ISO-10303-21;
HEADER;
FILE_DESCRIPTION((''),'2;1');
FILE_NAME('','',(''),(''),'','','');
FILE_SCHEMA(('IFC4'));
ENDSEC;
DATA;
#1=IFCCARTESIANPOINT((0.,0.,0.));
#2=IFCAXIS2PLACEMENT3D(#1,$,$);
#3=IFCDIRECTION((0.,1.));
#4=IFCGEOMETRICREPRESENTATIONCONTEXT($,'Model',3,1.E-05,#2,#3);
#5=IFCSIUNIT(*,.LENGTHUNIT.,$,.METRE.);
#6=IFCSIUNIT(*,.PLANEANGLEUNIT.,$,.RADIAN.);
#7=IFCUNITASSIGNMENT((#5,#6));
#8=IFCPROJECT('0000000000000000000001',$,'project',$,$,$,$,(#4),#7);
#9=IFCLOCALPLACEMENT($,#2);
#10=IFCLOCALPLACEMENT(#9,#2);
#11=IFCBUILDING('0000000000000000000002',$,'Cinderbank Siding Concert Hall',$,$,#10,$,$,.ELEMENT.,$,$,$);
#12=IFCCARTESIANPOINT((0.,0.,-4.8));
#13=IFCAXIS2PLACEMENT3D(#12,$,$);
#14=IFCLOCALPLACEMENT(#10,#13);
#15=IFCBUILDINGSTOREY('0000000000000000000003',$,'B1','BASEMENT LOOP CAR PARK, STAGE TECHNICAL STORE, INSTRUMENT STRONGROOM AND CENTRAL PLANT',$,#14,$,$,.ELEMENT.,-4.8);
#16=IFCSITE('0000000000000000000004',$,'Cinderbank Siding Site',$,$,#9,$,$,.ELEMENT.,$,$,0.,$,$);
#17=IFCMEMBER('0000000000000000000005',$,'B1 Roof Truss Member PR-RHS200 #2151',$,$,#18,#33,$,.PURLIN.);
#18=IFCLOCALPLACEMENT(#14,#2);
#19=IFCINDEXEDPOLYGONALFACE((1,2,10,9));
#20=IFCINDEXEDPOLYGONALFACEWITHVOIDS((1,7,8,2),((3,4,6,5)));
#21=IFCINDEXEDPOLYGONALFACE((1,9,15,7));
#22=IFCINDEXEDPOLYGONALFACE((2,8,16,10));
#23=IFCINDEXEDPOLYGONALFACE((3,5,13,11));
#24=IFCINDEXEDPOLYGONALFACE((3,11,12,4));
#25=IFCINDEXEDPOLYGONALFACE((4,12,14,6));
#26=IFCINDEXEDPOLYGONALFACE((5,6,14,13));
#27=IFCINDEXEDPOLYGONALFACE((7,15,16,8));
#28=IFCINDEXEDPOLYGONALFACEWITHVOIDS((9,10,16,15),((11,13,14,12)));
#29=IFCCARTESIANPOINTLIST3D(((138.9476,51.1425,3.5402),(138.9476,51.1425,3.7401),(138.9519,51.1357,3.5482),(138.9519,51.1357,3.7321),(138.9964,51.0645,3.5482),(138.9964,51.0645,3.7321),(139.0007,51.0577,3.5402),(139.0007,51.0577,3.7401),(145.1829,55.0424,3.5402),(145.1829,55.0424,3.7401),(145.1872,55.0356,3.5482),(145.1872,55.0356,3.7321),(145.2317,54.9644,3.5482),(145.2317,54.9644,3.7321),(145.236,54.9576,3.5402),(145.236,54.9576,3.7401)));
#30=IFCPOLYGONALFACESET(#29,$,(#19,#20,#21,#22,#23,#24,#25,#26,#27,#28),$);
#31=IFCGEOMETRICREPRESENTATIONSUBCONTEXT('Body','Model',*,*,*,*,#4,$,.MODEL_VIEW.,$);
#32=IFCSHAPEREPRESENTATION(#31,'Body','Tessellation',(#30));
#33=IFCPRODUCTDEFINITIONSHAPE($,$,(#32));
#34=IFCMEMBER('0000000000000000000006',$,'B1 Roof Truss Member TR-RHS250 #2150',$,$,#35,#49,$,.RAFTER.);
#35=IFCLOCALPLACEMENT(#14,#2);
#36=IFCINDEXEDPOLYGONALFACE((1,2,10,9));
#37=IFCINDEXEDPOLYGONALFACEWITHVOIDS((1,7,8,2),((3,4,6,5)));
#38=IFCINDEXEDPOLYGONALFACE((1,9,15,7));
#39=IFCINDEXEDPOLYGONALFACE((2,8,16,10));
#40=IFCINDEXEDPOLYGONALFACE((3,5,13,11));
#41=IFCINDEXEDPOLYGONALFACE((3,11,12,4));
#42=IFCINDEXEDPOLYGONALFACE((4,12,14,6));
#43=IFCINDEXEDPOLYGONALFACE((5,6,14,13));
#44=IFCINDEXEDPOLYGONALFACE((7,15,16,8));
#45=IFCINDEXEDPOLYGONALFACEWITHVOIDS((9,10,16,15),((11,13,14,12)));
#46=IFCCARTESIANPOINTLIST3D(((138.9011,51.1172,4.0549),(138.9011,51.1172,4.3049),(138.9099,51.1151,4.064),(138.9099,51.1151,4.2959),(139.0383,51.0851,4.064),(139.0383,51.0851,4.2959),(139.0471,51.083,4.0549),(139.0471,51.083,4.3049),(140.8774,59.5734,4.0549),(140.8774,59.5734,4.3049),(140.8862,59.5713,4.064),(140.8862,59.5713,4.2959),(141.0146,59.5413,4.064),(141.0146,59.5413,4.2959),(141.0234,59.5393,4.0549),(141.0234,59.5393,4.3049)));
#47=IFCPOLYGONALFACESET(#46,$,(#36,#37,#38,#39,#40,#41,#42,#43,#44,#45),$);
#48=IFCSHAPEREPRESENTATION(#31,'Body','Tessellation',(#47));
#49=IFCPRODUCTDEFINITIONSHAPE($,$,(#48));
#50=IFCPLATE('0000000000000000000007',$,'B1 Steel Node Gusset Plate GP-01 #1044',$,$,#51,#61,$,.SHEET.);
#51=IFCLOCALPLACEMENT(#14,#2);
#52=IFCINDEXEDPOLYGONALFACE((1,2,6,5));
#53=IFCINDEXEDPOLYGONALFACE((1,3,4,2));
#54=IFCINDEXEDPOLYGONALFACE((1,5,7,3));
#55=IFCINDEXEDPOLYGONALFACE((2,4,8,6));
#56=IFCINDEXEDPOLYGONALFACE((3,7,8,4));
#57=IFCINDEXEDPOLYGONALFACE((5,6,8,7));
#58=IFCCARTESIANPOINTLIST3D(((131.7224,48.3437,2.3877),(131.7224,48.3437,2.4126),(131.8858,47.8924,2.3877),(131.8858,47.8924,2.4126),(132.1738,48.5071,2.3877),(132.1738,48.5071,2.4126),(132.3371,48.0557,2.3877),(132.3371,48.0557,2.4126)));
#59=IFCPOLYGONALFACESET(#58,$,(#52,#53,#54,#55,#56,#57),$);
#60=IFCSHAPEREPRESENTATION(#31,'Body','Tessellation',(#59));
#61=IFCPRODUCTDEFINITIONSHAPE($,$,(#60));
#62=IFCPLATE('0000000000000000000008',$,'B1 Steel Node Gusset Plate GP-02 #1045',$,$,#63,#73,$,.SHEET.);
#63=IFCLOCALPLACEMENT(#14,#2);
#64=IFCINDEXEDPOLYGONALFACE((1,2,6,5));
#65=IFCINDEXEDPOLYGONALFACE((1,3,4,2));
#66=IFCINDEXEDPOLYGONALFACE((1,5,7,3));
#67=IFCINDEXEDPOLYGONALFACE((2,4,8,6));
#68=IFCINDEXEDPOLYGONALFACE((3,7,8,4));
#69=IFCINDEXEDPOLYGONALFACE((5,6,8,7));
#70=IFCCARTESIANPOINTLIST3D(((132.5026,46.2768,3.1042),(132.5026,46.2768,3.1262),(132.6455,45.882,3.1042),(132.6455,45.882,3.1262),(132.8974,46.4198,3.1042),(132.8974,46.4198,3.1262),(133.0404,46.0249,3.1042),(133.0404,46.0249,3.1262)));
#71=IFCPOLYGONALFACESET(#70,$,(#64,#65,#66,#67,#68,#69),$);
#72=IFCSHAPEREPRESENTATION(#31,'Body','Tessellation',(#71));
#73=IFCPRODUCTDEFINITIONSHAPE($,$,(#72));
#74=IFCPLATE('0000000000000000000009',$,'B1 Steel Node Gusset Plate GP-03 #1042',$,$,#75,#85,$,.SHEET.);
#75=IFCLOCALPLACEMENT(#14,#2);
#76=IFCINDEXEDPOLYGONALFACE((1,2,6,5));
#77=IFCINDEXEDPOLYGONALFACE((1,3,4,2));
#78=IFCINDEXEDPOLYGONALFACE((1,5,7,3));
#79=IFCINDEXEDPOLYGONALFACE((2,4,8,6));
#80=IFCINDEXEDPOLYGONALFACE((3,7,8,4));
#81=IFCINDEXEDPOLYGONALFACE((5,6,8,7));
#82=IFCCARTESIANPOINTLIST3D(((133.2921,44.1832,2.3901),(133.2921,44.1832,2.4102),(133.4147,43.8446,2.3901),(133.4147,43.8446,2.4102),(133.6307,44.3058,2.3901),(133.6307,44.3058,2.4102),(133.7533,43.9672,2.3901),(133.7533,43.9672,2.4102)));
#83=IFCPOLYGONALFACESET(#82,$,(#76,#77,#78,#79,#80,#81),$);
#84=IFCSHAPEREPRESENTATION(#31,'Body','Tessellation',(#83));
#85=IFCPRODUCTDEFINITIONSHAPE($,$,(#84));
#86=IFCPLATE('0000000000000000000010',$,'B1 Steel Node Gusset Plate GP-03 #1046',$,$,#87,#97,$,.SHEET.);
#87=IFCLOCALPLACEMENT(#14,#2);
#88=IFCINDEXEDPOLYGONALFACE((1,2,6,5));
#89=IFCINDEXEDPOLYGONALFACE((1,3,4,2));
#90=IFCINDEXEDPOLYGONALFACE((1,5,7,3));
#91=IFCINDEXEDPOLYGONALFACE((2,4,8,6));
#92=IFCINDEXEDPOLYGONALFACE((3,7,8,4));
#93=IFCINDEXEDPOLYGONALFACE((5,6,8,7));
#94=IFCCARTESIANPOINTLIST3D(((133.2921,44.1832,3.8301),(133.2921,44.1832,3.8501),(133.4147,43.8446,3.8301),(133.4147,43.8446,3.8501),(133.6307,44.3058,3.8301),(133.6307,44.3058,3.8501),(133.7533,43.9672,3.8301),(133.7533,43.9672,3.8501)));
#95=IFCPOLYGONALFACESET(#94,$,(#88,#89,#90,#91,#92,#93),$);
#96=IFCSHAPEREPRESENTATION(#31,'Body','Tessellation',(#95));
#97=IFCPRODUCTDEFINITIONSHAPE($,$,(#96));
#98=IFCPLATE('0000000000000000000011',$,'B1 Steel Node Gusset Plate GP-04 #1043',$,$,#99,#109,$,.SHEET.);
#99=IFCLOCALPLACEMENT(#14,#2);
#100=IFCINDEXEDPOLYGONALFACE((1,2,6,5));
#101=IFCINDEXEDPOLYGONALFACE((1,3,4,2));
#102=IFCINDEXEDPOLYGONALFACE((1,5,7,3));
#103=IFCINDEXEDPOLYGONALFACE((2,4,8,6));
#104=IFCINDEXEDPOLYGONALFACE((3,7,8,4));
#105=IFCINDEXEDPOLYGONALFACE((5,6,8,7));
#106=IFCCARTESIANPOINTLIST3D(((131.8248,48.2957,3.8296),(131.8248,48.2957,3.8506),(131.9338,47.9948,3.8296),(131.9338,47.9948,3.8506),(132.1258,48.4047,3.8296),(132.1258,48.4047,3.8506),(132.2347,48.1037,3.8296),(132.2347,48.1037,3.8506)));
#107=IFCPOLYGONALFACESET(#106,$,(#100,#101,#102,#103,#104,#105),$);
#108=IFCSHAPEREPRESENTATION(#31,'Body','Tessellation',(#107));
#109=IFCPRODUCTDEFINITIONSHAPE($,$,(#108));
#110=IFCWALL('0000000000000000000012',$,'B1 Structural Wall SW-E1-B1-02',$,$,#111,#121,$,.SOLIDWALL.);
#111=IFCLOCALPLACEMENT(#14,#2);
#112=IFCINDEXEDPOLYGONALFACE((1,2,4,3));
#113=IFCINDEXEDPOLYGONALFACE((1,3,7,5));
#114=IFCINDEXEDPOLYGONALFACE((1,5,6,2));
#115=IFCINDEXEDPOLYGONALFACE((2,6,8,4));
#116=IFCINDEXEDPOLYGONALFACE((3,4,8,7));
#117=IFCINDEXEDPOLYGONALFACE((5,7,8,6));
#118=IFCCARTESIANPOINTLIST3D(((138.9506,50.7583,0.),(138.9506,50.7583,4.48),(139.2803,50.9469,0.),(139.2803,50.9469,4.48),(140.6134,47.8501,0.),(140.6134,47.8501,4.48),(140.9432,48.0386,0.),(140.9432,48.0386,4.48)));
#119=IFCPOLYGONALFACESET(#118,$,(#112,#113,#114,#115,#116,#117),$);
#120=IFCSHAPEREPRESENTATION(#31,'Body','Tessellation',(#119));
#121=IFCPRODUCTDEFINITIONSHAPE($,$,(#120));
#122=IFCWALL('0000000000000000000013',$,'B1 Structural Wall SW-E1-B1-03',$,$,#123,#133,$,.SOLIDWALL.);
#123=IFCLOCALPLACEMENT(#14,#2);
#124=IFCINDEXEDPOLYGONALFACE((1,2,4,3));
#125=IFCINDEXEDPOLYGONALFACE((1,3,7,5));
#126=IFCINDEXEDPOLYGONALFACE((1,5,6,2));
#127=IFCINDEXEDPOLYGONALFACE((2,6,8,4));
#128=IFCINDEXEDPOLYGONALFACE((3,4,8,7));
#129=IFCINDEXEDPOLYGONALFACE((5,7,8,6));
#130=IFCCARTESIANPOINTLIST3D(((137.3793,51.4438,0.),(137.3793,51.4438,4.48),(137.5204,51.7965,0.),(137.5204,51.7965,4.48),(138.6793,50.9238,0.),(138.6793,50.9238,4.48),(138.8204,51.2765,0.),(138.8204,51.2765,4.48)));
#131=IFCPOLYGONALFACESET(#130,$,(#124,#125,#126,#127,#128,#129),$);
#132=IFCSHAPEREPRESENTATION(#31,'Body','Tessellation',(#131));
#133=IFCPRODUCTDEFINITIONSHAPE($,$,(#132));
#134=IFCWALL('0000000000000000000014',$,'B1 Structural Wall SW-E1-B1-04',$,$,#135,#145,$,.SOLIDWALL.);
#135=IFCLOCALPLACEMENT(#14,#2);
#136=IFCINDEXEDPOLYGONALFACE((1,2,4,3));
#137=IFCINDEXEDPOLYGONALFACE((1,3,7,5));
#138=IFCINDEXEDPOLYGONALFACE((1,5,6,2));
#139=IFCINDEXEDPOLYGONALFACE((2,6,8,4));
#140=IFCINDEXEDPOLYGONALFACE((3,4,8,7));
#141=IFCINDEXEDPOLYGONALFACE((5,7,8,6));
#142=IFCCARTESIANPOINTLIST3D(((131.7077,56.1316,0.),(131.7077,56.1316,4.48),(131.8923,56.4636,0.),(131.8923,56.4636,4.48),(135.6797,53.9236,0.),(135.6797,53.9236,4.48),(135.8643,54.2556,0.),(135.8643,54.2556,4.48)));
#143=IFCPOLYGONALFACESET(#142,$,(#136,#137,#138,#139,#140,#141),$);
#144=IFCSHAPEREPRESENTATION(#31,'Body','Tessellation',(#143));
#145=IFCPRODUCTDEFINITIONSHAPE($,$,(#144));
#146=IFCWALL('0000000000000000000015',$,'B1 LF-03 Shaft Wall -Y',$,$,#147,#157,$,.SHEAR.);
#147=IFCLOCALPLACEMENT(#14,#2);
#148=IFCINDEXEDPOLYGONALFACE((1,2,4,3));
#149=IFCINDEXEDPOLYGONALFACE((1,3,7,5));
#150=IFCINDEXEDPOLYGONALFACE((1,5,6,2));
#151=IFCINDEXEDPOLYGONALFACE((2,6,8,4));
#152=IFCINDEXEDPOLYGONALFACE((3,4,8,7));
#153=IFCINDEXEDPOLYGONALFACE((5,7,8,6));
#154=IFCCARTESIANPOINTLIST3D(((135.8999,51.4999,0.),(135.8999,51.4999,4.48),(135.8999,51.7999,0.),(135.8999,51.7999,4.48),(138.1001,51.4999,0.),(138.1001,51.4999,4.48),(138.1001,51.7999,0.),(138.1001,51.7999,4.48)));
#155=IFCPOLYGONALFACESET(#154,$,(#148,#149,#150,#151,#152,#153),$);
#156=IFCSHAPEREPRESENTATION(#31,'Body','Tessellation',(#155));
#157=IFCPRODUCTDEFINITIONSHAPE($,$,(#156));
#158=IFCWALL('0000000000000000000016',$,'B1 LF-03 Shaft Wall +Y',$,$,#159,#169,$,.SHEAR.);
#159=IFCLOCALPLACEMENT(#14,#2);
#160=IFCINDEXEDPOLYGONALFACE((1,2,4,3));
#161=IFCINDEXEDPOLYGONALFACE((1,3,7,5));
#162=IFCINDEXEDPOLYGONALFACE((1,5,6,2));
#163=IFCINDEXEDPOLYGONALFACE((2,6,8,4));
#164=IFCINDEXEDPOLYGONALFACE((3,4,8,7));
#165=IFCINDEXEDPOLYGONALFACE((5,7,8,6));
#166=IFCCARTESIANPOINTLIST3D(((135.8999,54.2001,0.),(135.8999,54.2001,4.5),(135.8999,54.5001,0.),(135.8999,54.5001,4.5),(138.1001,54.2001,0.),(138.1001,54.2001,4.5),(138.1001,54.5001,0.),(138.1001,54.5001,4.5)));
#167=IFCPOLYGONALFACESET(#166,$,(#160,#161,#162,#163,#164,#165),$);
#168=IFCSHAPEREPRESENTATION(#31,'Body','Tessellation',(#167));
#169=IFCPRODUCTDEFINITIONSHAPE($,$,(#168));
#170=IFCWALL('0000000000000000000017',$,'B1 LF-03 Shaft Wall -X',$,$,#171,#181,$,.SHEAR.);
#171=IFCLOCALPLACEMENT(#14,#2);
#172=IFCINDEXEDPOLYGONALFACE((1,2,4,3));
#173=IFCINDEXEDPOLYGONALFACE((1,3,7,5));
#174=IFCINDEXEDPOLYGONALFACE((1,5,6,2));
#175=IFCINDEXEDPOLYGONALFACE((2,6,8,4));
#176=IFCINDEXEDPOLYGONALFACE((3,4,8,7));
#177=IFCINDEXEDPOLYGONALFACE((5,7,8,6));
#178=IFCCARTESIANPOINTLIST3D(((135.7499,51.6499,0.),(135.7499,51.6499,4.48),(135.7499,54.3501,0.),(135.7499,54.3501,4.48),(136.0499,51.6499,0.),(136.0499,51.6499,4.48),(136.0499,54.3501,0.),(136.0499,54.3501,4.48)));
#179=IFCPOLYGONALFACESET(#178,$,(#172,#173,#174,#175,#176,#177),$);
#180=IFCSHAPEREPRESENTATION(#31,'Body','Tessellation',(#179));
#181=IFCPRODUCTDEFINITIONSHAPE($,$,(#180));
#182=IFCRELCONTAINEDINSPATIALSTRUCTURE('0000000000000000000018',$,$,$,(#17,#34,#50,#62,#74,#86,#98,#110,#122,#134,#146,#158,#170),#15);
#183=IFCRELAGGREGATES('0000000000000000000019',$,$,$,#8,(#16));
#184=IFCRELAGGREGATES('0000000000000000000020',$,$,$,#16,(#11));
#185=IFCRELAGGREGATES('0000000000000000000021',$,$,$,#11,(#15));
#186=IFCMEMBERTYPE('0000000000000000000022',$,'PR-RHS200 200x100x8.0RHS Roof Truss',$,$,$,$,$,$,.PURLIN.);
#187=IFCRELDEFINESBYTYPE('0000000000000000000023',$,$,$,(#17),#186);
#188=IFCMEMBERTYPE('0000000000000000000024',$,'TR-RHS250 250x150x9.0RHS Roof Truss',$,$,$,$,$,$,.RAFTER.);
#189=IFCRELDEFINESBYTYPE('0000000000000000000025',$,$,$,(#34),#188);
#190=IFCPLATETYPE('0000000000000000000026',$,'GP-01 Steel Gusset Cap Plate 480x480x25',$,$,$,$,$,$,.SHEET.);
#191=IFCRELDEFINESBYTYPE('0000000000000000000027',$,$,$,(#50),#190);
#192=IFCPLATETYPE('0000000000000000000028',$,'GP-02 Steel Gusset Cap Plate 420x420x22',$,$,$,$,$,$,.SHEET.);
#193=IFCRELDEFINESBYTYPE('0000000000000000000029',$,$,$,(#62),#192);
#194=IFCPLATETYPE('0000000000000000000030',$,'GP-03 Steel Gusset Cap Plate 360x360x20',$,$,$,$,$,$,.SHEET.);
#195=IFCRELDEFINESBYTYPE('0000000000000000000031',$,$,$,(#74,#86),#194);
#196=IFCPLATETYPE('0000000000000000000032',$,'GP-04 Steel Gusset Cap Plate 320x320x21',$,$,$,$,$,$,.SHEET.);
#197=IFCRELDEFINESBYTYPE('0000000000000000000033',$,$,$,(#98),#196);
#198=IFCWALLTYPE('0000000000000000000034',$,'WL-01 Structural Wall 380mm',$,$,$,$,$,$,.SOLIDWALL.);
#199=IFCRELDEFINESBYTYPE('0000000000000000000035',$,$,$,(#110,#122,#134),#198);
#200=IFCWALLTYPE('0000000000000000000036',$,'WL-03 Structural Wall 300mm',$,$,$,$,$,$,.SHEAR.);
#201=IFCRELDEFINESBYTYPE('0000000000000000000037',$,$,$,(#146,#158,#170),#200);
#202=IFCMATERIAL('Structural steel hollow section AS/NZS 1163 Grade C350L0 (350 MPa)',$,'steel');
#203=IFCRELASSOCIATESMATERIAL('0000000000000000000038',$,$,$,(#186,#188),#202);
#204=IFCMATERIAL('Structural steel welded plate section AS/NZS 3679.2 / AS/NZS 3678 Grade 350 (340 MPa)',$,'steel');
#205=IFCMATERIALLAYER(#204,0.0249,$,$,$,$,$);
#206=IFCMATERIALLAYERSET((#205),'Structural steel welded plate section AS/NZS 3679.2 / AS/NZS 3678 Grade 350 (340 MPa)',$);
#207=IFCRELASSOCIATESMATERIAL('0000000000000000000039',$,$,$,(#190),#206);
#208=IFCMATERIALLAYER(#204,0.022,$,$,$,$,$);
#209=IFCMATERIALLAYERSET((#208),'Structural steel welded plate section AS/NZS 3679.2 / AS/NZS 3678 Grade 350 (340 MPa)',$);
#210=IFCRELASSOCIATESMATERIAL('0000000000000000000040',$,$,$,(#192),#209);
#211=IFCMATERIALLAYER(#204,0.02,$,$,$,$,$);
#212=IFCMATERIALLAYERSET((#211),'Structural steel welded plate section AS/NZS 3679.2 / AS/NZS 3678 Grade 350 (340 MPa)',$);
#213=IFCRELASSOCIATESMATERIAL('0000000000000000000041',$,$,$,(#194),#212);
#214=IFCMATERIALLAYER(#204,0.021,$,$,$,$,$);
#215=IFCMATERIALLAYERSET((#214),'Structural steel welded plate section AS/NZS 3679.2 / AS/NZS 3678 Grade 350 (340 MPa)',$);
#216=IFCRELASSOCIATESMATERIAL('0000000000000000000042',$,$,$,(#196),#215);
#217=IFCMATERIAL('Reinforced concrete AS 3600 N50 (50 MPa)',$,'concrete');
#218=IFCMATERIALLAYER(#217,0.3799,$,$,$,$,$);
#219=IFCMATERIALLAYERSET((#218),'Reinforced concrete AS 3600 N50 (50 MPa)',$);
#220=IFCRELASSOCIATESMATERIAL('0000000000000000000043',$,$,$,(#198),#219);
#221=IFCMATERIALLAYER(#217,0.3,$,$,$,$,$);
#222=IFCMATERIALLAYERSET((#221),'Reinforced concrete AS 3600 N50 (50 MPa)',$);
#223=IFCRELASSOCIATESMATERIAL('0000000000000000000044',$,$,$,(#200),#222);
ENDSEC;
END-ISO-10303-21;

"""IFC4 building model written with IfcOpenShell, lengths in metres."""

from ifc_helpers import new_model, si_unit, direction, frame, frame_2d, origin, origin_2d, place, context, subcontext, project, spatial, rectangle, hollow_rectangle, extrude, material, layer, layer_set, material_profile, profile_set, type_object, element, save


model = new_model("IFC4")

# Units and contexts
model_context = context("Model", 3, precision=1e-05, world=origin(), true_north=direction((0.0, 1.0)))
body_context = subcontext(model_context, "Body", "Model", "MODEL_VIEW")
ifc_project = project(units=[si_unit("LENGTHUNIT", "METRE"), si_unit("PLANEANGLEUNIT", "RADIAN")], contexts=[model_context])

# Site, building, storey
site_placement = place(None, origin())
site = spatial("IfcSite", under=ifc_project, at=site_placement, Name="Cinderbank Siding Site", CompositionType="ELEMENT", RefElevation=0.0)
building_placement = place(site_placement, origin())
building = spatial("IfcBuilding", under=site, at=building_placement, Name="Cinderbank Siding Concert Hall", CompositionType="ELEMENT")
storey_placement = place(building_placement, frame((0.0, 0.0, -4.8)))
storey = spatial("IfcBuildingStorey", under=building, at=storey_placement, Name="B1", Description="BASEMENT LOOP CAR PARK, STAGE TECHNICAL STORE, INSTRUMENT STRONGROOM AND CENTRAL PLANT", CompositionType="ELEMENT", Elevation=-4.8)

# Shared definitions
ifc_material_1 = material(Name="Reinforced concrete AS 3600 N50 (50 MPa)", Category="concrete")

# Shared definitions
ifc_material_2 = material(Name="Structural steel welded plate section AS/NZS 3679.2 / AS/NZS 3678 Grade 350 (340 MPa)", Category="steel")

# Members
ifc_material_3 = material(Name="Structural steel hollow section AS/NZS 1163 Grade C350L0 (350 MPa)", Category="steel")
ifc_material_profile_1 = material_profile(ifc_material_3, hollow_rectangle(XDim=0.1001, YDim=0.2, WallThickness=0.0081, at=origin_2d()), Name="200x100x8.0RHS", Category="LoadBearing")
ifc_profile_set_1 = profile_set([ifc_material_profile_1], Name="Structural steel hollow section AS/NZS 1163 Grade C350L0 (350 MPa)")
member_type_1 = type_object("IfcMemberType", Name="PR-RHS200 200x100x8.0RHS Roof Truss", PredefinedType="PURLIN", material=ifc_profile_set_1)
member_1_placement = place(storey_placement, frame((138.9741, 51.1001, 3.6401), z_axis=(0.847827, 0.530273, 0.0), x_axis=(-0.530273, 0.847827, 0.0)))
element("IfcMember", 1, at=member_1_placement, inside=storey, type_object=member_type_1, Name="B1 Roof Truss Member PR-RHS200 #2151", PredefinedType="PURLIN", context=body_context, shape_type="SweptSolid", body=[
    extrude(hollow_rectangle(XDim=0.1001, YDim=0.2, WallThickness=0.0081, at=origin_2d()), origin(), (0.0, 0.0, 1.0), 7.3545),
])
ifc_material_profile_2 = material_profile(ifc_material_3, hollow_rectangle(XDim=0.1499, YDim=0.25, WallThickness=0.009, at=origin_2d()), Name="250x150x9.0RHS", Category="LoadBearing")
ifc_profile_set_2 = profile_set([ifc_material_profile_2], Name="Structural steel hollow section AS/NZS 1163 Grade C350L0 (350 MPa)")
member_type_2 = type_object("IfcMemberType", Name="TR-RHS250 250x150x9.0RHS Roof Truss", PredefinedType="RAFTER", material=ifc_profile_set_2)
member_2_placement = place(storey_placement, frame((138.9741, 51.1001, 4.1799), z_axis=(0.227577, 0.97376, 0.0), x_axis=(-0.97376, 0.227577, 0.0)))
element("IfcMember", 2, at=member_2_placement, inside=storey, type_object=member_type_2, Name="B1 Roof Truss Member TR-RHS250 #2150", PredefinedType="RAFTER", context=body_context, shape_type="SweptSolid", body=[
    extrude(hollow_rectangle(XDim=0.1499, YDim=0.25, WallThickness=0.009, at=origin_2d()), origin(), (0.0, 0.0, 1.0), 8.6841),
])

# Plates
ifc_layer_1 = layer(ifc_material_2, 0.0249)
ifc_layer_set_1 = layer_set([ifc_layer_1], Name="Structural steel welded plate section AS/NZS 3679.2 / AS/NZS 3678 Grade 350 (340 MPa)")
plate_type_1 = type_object("IfcPlateType", Name="GP-01 Steel Gusset Cap Plate 480x480x25", PredefinedType="SHEET", material=ifc_layer_set_1)
plate_1_placement = place(storey_placement, frame((132.0298, 48.1997, 2.3877), z_axis=(0.0, 0.0, 1.0), x_axis=(0.34038, -0.940288, 0.0)))
element("IfcPlate", 3, at=plate_1_placement, inside=storey, type_object=plate_type_1, Name="B1 Steel Node Gusset Plate GP-01 #1044", PredefinedType="SHEET", context=body_context, shape_type="SweptSolid", body=[
    extrude(rectangle(XDim=0.48, YDim=0.48, at=origin_2d()), origin(), (0.0, 0.0, 1.0), 0.0249),
])
ifc_layer_2 = layer(ifc_material_2, 0.022)
ifc_layer_set_2 = layer_set([ifc_layer_2], Name="Structural steel welded plate section AS/NZS 3679.2 / AS/NZS 3678 Grade 350 (340 MPa)")
plate_type_2 = type_object("IfcPlateType", Name="GP-02 Steel Gusset Cap Plate 420x420x22", PredefinedType="SHEET", material=ifc_layer_set_2)
plate_2_placement = place(storey_placement, frame((132.7715, 46.1509, 3.1042), z_axis=(0.0, 0.0, 1.0), x_axis=(0.34038, -0.940288, 0.0)))
element("IfcPlate", 4, at=plate_2_placement, inside=storey, type_object=plate_type_2, Name="B1 Steel Node Gusset Plate GP-02 #1045", PredefinedType="SHEET", context=body_context, shape_type="SweptSolid", body=[
    extrude(rectangle(XDim=0.4199, YDim=0.4199, at=origin_2d()), origin(), (0.0, 0.0, 1.0), 0.022),
])
ifc_layer_3 = layer(ifc_material_2, 0.02)
ifc_layer_set_3 = layer_set([ifc_layer_3], Name="Structural steel welded plate section AS/NZS 3679.2 / AS/NZS 3678 Grade 350 (340 MPa)")
plate_type_3 = type_object("IfcPlateType", Name="GP-03 Steel Gusset Cap Plate 360x360x20", PredefinedType="SHEET", material=ifc_layer_set_3)
for number, where, z_axis, x_axis, name in (
    (5, (133.5227, 44.0752, 2.3901), (0.0, 0.0, 1.0), (-0.34038, 0.940288, 0.0), "B1 Steel Node Gusset Plate GP-03 #1042"),
    (6, (133.5227, 44.0752, 3.8301), (0.0, 0.0, 1.0), (0.34038, -0.940288, 0.0), "B1 Steel Node Gusset Plate GP-03 #1046"),
):
    element("IfcPlate", number, at=place(storey_placement, frame(where, z_axis=z_axis, x_axis=x_axis)), inside=storey, type_object=plate_type_3, Name=name, PredefinedType="SHEET", context=body_context, shape_type="SweptSolid", body=[
        extrude(rectangle(XDim=0.3601, YDim=0.3601, at=origin_2d()), origin(), (0.0, 0.0, 1.0), 0.02),
    ])
ifc_layer_4 = layer(ifc_material_2, 0.021)
ifc_layer_set_4 = layer_set([ifc_layer_4], Name="Structural steel welded plate section AS/NZS 3679.2 / AS/NZS 3678 Grade 350 (340 MPa)")
plate_type_4 = type_object("IfcPlateType", Name="GP-04 Steel Gusset Cap Plate 320x320x21", PredefinedType="SHEET", material=ifc_layer_set_4)
plate_3_placement = place(storey_placement, frame((132.0298, 48.1997, 3.8296), z_axis=(0.0, 0.0, 1.0), x_axis=(-0.34038, 0.940288, 0.0)))
element("IfcPlate", 7, at=plate_3_placement, inside=storey, type_object=plate_type_4, Name="B1 Steel Node Gusset Plate GP-04 #1043", PredefinedType="SHEET", context=body_context, shape_type="SweptSolid", body=[
    extrude(rectangle(XDim=0.3201, YDim=0.3201, at=origin_2d()), origin(), (0.0, 0.0, 1.0), 0.021),
])

# Walls
ifc_layer_5 = layer(ifc_material_1, 0.3799)
ifc_layer_set_5 = layer_set([ifc_layer_5], Name="Reinforced concrete AS 3600 N50 (50 MPa)")
wall_type_1 = type_object("IfcWallType", Name="WL-01 Structural Wall 380mm", PredefinedType="SOLIDWALL", material=ifc_layer_set_5)
wall_1_placement = place(storey_placement, frame((140.7783, 47.9443, 0.0), z_axis=(0.0, 0.0, 1.0), x_axis=(-0.496367, 0.868113, 0.0)))
element("IfcWall", 8, at=wall_1_placement, inside=storey, type_object=wall_type_1, Name="B1 Structural Wall SW-E1-B1-02", PredefinedType="SOLIDWALL", context=body_context, shape_type="SweptSolid", body=[
    extrude(rectangle(XDim=3.3501, YDim=0.3799, at=frame_2d((1.675, 0.0))), origin(), (0.0, 0.0, 1.0), 4.48),
])
wall_2_placement = place(storey_placement, frame((138.75, 51.1001, 0.0), z_axis=(0.0, 0.0, 1.0), x_axis=(-0.928477, 0.371391, 0.0)))
element("IfcWall", 9, at=wall_2_placement, inside=storey, type_object=wall_type_1, Name="B1 Structural Wall SW-E1-B1-03", PredefinedType="SOLIDWALL", context=body_context, shape_type="SweptSolid", body=[
    extrude(rectangle(XDim=1.4001, YDim=0.3799, at=frame_2d((0.7002, 0.0))), origin(), (0.0, 0.0, 1.0), 4.48),
])
wall_3_placement = place(storey_placement, frame((135.772, 54.0896, 0.0), z_axis=(0.0, 0.0, 1.0), x_axis=(-0.874028, 0.485876, 0.0)))
element("IfcWall", 10, at=wall_3_placement, inside=storey, type_object=wall_type_1, Name="B1 Structural Wall SW-E1-B1-04", PredefinedType="SOLIDWALL", context=body_context, shape_type="SweptSolid", body=[
    extrude(rectangle(XDim=4.5444, YDim=0.3799, at=frame_2d((2.2722, 0.0))), origin(), (0.0, 0.0, 1.0), 4.48),
])
ifc_layer_6 = layer(ifc_material_1, 0.3)
ifc_layer_set_6 = layer_set([ifc_layer_6], Name="Reinforced concrete AS 3600 N50 (50 MPa)")
wall_type_2 = type_object("IfcWallType", Name="WL-03 Structural Wall 300mm", PredefinedType="SHEAR", material=ifc_layer_set_6)
wall_4_placement = place(storey_placement, frame((138.1001, 51.6499, 0.0), z_axis=(0.0, 0.0, 1.0), x_axis=(-1.0, 0.0, 0.0)))
element("IfcWall", 11, at=wall_4_placement, inside=storey, type_object=wall_type_2, Name="B1 LF-03 Shaft Wall -Y", PredefinedType="SHEAR", context=body_context, shape_type="SweptSolid", body=[
    extrude(rectangle(XDim=2.2002, YDim=0.3, at=frame_2d((1.1001, 0.0))), origin(), (0.0, 0.0, 1.0), 4.48),
])

# Walls
wall_5_placement = place(storey_placement, frame((135.8999, 54.3501, 0.0), z_axis=(0.0, 0.0, 1.0), x_axis=(1.0, 0.0, 0.0)))
element("IfcWall", 12, at=wall_5_placement, inside=storey, type_object=wall_type_2, Name="B1 LF-03 Shaft Wall +Y", PredefinedType="SHEAR", context=body_context, shape_type="SweptSolid", body=[
    extrude(rectangle(XDim=2.2002, YDim=0.3, at=frame_2d((1.1001, 0.0))), origin(), (0.0, 0.0, 1.0), 4.5),
])
wall_6_placement = place(storey_placement, frame((135.8999, 51.6499, 0.0), z_axis=(0.0, 0.0, 1.0), x_axis=(0.0, 1.0, 0.0)))
element("IfcWall", 13, at=wall_6_placement, inside=storey, type_object=wall_type_2, Name="B1 LF-03 Shaft Wall -X", PredefinedType="SHEAR", context=body_context, shape_type="SweptSolid", body=[
    extrude(rectangle(XDim=2.7002, YDim=0.3, at=frame_2d((1.3501, 0.0))), origin(), (0.0, 0.0, 1.0), 4.48),
])

save(model, "model.ifc")
